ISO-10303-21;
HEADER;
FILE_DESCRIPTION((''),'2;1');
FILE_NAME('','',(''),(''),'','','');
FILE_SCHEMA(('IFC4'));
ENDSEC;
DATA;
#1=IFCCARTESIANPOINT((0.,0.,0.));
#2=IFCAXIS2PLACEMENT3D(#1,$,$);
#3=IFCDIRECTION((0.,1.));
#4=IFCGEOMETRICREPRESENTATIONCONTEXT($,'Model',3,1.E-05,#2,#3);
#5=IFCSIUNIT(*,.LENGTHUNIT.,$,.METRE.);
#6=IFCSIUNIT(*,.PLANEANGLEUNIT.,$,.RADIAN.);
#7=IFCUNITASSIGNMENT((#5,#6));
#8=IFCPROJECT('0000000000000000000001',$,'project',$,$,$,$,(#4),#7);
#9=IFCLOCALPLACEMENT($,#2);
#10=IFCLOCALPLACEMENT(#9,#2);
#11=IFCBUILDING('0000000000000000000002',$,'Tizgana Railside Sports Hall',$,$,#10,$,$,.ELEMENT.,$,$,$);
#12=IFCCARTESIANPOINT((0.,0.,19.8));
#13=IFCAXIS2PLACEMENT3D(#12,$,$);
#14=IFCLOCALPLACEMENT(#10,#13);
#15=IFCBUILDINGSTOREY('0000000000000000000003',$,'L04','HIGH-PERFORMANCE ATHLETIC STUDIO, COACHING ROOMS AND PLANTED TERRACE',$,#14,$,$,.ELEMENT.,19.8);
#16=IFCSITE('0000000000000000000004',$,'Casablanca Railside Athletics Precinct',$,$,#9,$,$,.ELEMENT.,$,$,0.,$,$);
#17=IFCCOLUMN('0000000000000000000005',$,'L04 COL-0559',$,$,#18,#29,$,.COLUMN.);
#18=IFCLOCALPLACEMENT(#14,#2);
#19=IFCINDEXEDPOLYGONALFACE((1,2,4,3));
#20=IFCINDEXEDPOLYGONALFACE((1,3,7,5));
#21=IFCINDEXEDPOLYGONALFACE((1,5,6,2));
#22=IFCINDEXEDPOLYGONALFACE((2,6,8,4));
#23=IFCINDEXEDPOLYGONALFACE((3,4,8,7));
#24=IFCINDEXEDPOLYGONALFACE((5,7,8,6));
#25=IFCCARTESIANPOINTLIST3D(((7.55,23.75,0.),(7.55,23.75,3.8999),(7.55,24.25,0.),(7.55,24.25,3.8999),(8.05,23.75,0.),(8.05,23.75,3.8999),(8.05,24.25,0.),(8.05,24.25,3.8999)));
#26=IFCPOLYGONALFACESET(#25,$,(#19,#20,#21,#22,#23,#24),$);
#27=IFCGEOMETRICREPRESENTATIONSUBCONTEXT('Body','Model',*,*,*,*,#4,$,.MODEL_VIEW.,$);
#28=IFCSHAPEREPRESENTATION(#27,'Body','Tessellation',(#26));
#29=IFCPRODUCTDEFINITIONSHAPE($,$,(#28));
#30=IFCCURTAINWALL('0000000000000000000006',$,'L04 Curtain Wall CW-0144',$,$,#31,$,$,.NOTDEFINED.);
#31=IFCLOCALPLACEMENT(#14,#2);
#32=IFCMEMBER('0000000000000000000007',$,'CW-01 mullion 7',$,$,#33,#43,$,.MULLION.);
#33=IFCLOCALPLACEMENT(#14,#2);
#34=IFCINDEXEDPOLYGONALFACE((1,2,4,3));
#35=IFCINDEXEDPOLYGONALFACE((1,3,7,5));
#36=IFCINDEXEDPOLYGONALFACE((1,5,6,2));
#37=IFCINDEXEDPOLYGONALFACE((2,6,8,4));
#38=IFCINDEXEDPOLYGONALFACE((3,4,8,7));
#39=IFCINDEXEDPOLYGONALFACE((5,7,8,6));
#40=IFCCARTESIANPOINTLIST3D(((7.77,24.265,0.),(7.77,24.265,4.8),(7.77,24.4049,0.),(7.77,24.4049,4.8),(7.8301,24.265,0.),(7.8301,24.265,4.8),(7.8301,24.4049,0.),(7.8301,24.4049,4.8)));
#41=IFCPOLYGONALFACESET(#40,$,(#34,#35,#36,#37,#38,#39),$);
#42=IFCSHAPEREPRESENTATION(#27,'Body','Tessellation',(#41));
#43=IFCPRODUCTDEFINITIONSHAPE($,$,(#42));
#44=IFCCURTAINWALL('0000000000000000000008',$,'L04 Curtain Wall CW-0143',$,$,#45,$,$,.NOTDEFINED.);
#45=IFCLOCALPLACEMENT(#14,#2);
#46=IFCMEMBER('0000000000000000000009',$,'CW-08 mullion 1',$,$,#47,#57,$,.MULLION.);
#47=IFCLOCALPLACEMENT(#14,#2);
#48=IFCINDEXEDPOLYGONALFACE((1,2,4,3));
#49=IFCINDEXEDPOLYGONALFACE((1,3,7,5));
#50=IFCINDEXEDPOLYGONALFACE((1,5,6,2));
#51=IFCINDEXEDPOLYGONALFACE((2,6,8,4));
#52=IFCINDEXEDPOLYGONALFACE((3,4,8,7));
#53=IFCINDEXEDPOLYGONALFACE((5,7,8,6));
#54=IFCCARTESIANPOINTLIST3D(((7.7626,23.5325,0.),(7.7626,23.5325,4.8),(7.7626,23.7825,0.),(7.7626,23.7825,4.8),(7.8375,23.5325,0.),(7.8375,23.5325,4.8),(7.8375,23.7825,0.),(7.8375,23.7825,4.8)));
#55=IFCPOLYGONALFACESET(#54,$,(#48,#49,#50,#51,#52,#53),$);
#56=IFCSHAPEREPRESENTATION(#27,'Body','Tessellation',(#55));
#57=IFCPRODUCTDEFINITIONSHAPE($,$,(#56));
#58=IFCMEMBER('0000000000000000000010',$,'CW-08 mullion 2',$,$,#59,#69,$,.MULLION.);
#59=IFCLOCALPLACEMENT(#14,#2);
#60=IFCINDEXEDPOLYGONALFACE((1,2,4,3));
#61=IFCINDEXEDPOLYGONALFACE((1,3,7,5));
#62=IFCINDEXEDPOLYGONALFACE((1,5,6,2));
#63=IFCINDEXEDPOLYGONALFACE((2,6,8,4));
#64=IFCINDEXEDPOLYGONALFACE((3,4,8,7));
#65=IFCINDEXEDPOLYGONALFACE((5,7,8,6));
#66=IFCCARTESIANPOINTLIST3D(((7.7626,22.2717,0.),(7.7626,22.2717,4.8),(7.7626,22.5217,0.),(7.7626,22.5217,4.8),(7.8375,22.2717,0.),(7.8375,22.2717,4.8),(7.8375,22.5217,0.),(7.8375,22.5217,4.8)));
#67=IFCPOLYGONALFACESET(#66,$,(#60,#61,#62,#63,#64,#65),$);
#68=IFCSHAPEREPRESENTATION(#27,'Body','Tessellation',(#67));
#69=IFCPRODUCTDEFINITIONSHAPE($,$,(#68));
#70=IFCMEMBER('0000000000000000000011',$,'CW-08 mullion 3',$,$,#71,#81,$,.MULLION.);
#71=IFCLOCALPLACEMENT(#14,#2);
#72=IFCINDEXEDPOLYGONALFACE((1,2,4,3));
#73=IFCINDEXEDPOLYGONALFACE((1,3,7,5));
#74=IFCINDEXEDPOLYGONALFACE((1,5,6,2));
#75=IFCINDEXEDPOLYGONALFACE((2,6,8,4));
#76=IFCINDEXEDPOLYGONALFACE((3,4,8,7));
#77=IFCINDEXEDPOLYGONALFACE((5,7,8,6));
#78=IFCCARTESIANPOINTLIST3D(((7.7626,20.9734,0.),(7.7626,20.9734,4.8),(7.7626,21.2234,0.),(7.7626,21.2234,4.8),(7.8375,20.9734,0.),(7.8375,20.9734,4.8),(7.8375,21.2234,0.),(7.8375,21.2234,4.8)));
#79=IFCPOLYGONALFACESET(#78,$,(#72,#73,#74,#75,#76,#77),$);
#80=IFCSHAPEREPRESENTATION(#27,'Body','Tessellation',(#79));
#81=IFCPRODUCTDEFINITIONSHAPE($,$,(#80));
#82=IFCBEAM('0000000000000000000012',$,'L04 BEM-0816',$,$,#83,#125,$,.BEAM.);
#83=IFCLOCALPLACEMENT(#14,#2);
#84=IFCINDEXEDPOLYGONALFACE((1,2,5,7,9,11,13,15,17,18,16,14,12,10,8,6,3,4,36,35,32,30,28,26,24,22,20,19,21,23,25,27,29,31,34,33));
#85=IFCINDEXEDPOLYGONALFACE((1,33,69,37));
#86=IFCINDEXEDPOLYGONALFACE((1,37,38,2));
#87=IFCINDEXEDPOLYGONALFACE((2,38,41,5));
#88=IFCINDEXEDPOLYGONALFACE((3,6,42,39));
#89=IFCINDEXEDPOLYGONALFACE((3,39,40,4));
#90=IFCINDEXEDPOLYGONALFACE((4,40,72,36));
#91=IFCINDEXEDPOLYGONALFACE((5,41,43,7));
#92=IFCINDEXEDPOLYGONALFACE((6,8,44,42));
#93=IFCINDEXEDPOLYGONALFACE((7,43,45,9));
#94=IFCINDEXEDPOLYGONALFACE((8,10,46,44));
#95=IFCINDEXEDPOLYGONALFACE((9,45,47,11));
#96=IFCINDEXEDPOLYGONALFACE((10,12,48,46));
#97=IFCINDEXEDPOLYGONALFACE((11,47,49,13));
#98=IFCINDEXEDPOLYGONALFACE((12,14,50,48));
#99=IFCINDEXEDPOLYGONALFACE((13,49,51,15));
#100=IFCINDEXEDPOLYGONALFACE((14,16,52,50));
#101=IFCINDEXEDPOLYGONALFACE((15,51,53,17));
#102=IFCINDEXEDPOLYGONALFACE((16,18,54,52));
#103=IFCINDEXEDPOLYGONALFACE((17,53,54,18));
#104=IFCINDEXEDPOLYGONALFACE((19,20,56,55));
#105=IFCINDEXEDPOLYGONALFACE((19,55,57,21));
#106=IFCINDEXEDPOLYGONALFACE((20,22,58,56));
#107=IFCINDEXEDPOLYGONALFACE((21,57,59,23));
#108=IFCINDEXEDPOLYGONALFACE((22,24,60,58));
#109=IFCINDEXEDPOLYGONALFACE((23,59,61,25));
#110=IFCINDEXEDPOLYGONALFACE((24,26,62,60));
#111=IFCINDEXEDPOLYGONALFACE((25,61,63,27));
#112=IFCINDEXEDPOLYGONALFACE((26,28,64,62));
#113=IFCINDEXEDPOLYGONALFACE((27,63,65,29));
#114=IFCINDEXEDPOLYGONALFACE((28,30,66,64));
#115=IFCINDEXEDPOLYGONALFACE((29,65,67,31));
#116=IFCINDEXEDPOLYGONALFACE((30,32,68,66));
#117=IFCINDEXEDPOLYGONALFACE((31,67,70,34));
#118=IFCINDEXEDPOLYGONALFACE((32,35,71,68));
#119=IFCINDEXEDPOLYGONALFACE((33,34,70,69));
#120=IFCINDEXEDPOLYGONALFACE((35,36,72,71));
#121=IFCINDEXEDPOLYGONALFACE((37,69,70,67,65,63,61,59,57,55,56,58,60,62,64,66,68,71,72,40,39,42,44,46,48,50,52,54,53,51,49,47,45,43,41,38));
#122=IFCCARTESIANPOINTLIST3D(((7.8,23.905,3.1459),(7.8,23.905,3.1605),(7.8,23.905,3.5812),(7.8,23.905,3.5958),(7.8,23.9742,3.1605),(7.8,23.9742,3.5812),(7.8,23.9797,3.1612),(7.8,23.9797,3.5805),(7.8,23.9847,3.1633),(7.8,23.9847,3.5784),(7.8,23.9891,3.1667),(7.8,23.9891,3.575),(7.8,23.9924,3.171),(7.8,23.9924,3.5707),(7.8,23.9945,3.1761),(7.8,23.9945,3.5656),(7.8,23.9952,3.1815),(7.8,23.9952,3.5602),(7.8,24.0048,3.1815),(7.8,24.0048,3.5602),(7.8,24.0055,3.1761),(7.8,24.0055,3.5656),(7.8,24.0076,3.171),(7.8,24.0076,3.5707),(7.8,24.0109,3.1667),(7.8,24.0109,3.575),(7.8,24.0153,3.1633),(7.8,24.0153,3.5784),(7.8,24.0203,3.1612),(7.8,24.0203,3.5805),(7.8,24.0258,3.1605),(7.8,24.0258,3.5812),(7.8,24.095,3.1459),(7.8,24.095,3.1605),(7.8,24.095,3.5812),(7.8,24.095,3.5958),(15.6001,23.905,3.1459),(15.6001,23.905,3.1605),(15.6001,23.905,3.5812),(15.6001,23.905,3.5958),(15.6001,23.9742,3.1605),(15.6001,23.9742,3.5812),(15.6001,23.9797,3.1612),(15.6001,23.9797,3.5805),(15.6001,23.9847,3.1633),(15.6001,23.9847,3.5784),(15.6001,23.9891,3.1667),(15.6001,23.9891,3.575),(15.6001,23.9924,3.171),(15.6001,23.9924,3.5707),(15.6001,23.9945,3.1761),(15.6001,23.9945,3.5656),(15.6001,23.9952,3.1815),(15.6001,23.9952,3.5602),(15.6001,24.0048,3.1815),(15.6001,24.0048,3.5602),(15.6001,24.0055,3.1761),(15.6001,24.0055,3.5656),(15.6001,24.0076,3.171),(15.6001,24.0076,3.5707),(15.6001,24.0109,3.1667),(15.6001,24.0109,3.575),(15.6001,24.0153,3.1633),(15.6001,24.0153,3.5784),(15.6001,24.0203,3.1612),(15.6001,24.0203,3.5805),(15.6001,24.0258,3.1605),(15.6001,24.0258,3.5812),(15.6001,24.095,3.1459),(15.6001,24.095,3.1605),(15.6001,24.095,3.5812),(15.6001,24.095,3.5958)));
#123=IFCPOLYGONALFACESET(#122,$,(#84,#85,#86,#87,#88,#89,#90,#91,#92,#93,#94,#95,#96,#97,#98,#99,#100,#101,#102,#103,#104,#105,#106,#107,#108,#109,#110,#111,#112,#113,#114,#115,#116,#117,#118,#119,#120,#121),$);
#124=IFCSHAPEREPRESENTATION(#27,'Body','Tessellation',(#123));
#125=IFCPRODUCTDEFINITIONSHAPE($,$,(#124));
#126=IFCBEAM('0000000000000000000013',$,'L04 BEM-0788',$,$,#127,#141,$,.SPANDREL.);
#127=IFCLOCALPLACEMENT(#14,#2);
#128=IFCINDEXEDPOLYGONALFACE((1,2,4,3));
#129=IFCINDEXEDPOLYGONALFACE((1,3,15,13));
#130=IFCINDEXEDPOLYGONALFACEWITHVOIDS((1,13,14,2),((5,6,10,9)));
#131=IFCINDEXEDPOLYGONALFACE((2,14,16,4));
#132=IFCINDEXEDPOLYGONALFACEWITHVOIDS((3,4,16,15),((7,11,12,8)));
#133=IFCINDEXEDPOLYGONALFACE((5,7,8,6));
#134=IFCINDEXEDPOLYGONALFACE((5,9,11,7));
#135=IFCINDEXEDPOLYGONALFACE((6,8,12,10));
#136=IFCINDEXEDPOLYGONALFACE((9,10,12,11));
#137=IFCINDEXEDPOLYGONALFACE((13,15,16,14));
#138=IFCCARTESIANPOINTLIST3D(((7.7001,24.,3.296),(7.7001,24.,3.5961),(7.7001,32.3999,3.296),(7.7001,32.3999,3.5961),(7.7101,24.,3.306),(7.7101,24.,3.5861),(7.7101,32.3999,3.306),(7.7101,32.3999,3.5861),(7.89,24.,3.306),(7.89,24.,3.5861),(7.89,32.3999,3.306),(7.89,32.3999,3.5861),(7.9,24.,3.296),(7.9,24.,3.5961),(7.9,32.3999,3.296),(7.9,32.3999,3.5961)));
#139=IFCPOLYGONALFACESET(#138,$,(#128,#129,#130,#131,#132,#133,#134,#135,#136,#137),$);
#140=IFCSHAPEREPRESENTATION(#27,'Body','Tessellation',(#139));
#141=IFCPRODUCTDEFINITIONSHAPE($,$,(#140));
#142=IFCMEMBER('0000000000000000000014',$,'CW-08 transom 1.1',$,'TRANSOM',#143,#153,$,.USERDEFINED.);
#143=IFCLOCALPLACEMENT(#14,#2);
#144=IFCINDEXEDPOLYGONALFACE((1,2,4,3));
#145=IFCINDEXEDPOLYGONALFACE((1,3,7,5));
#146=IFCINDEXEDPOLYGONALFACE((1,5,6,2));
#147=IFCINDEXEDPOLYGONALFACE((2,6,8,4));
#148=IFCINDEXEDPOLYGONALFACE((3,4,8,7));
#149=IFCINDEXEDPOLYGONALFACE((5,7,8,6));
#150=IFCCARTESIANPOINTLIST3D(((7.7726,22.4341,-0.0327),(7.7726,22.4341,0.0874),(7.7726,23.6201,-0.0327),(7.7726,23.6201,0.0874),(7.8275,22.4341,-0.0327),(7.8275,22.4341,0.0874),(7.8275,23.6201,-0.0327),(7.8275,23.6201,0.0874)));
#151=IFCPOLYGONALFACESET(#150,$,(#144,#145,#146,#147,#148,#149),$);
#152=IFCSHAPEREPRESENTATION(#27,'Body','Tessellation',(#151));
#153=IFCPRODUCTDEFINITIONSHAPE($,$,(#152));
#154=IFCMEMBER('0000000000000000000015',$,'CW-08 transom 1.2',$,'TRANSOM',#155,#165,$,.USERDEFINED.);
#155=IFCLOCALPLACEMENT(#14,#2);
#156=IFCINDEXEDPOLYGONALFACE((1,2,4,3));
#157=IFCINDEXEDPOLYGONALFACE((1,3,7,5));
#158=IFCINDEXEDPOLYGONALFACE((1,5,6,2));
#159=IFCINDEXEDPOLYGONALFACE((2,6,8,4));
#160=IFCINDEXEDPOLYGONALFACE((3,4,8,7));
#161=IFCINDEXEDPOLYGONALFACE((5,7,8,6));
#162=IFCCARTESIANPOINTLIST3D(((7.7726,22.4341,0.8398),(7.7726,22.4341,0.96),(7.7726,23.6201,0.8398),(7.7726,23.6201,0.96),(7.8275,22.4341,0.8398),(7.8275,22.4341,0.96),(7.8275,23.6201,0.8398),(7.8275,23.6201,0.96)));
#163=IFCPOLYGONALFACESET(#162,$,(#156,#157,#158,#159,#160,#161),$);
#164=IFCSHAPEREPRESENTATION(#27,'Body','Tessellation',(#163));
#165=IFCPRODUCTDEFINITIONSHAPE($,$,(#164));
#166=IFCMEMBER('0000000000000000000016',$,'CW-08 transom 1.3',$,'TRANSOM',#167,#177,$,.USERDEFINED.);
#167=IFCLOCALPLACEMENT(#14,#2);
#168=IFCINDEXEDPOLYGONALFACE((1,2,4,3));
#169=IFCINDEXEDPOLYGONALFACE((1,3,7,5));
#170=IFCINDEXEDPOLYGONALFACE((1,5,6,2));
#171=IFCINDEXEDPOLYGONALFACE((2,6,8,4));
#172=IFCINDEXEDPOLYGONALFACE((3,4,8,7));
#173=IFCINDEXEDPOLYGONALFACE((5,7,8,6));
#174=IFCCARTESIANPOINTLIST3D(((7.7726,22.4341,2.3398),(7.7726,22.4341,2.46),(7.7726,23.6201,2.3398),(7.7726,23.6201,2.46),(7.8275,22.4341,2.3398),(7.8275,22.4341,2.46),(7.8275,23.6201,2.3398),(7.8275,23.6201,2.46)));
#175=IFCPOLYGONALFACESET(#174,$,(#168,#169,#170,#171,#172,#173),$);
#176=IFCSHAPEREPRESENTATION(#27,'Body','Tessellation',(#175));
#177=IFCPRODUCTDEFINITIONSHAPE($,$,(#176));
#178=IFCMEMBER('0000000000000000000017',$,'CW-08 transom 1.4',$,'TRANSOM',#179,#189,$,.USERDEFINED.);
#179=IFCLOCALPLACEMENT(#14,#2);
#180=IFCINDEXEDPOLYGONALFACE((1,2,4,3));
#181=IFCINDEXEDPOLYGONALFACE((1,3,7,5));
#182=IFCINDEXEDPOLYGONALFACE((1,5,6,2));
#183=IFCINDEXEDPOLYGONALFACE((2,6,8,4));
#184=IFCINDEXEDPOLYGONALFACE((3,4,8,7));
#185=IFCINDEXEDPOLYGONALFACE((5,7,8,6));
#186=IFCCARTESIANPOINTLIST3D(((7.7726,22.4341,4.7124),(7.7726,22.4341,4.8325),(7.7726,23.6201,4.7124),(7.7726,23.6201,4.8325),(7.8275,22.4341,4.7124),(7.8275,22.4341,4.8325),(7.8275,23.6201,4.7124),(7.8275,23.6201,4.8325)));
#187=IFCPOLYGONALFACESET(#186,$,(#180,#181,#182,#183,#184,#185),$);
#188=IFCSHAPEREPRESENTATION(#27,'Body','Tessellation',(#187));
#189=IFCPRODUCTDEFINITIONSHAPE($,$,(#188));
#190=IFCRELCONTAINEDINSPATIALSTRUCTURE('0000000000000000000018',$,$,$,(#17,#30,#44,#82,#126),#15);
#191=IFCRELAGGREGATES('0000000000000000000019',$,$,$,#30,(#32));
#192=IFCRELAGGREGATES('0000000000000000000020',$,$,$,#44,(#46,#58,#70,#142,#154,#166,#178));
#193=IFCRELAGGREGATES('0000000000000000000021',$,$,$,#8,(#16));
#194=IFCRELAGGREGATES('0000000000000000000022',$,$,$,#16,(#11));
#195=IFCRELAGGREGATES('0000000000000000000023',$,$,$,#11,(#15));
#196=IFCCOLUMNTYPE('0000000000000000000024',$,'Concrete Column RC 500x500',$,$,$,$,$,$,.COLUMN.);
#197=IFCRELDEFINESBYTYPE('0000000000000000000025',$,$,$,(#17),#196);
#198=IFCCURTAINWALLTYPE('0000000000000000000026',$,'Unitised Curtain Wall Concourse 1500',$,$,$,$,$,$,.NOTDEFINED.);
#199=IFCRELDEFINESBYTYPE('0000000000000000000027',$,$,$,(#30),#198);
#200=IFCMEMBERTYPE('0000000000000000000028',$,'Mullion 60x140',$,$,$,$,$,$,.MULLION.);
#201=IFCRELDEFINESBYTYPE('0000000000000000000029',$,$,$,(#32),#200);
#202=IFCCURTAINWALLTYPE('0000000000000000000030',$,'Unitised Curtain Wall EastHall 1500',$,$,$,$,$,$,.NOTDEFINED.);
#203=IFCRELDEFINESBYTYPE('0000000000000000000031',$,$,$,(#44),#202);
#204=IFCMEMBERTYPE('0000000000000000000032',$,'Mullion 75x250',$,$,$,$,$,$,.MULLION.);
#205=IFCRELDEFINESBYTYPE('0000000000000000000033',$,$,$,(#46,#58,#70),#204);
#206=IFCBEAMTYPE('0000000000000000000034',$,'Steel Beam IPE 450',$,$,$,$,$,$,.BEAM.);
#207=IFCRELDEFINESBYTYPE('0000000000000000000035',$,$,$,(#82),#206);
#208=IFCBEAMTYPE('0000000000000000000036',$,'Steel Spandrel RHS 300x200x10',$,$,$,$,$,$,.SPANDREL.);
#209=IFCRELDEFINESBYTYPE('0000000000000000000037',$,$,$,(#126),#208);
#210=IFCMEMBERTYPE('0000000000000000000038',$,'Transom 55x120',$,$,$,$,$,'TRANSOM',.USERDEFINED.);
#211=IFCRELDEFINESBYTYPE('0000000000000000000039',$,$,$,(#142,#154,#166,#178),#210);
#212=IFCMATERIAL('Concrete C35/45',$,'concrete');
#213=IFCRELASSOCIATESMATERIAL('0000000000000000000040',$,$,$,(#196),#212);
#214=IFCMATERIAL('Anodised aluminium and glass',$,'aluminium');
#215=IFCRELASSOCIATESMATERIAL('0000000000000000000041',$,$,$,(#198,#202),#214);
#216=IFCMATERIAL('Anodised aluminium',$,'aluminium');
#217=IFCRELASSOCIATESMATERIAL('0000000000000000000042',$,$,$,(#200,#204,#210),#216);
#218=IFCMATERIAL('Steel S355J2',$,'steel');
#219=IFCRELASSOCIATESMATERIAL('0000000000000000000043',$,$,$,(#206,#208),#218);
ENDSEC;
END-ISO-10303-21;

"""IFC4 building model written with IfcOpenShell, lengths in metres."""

from ifc_helpers import new_model, si_unit, direction, frame, origin, origin_2d, place, context, subcontext, project, spatial, rectangle, hollow_rectangle, i_section, extrude, material, material_profile, profile_set, type_object, element, aggregate, save


model = new_model("IFC4")

# Units and contexts
model_context = context("Model", 3, precision=1e-05, world=origin(), true_north=direction((0.0, 1.0)))
body_context = subcontext(model_context, "Body", "Model", "MODEL_VIEW")
ifc_project = project(units=[si_unit("LENGTHUNIT", "METRE"), si_unit("PLANEANGLEUNIT", "RADIAN")], contexts=[model_context])

# Site, building, storey
site_placement = place(None, origin())
site = spatial("IfcSite", under=ifc_project, at=site_placement, Name="Casablanca Railside Athletics Precinct", CompositionType="ELEMENT", RefElevation=0.0)
building_placement = place(site_placement, origin())
building = spatial("IfcBuilding", under=site, at=building_placement, Name="Tizgana Railside Sports Hall", CompositionType="ELEMENT")
storey_placement = place(building_placement, frame((0.0, 0.0, 19.8)))
storey = spatial("IfcBuildingStorey", under=building, at=storey_placement, Name="L04", Description="HIGH-PERFORMANCE ATHLETIC STUDIO, COACHING ROOMS AND PLANTED TERRACE", CompositionType="ELEMENT", Elevation=19.8)

# Column
ifc_material_1 = material(Name="Concrete C35/45", Category="concrete")
ifc_material_profile_1 = material_profile(ifc_material_1, rectangle(XDim=0.5, YDim=0.5, at=origin_2d()), Name="RC 500x500")
ifc_profile_set_1 = profile_set([ifc_material_profile_1], Name="Concrete C35/45")
column_type = type_object("IfcColumnType", Name="Concrete Column RC 500x500", PredefinedType="COLUMN", material=ifc_profile_set_1)
column_placement = place(storey_placement, frame((7.8, 24.0, 0.0), z_axis=(0.0, 0.0, 1.0), x_axis=(1.0, 0.0, 0.0)))
element("IfcColumn", 1, at=column_placement, inside=storey, type_object=column_type, Name="L04 COL-0559", PredefinedType="COLUMN", context=body_context, shape_type="SweptSolid", body=[
    extrude(rectangle(XDim=0.5, YDim=0.5, at=origin_2d()), origin(), (0.0, 0.0, 1.0), 3.8999),
])

# Curtain wall, member
ifc_material_2 = material(Name="Anodised aluminium and glass", Category="aluminium")
curtain_wall_type_1 = type_object("IfcCurtainWallType", Name="Unitised Curtain Wall Concourse 1500", PredefinedType="NOTDEFINED", material=ifc_material_2)
curtain_wall_1_placement = place(storey_placement, origin())
curtain_wall_1 = element("IfcCurtainWall", 2, at=curtain_wall_1_placement, inside=storey, type_object=curtain_wall_type_1, Name="L04 Curtain Wall CW-0144", PredefinedType="NOTDEFINED")
ifc_material_3 = material(Name="Anodised aluminium", Category="aluminium")
ifc_material_profile_2 = material_profile(ifc_material_3, rectangle(XDim=0.0601, YDim=0.1399, at=origin_2d()), Name="Mullion 60x140")
ifc_profile_set_2 = profile_set([ifc_material_profile_2], Name="Anodised aluminium")
member_type_1 = type_object("IfcMemberType", Name="Mullion 60x140", PredefinedType="MULLION", material=ifc_profile_set_2)
member_1_placement = place(storey_placement, frame((7.8, 24.335, 0.0), z_axis=(0.0, 0.0, 1.0), x_axis=(1.0, 0.0, 0.0)))
member_1 = element("IfcMember", 3, at=member_1_placement, type_object=member_type_1, Name="CW-01 mullion 7", PredefinedType="MULLION", context=body_context, shape_type="SweptSolid", body=[
    extrude(rectangle(XDim=0.0601, YDim=0.1399, at=origin_2d()), origin(), (0.0, 0.0, 1.0), 4.8),
])
aggregate(curtain_wall_1, [member_1])

# Curtain wall, members
curtain_wall_type_2 = type_object("IfcCurtainWallType", Name="Unitised Curtain Wall EastHall 1500", PredefinedType="NOTDEFINED", material=ifc_material_2)
curtain_wall_2_placement = place(storey_placement, origin())
curtain_wall_2 = element("IfcCurtainWall", 4, at=curtain_wall_2_placement, inside=storey, type_object=curtain_wall_type_2, Name="L04 Curtain Wall CW-0143", PredefinedType="NOTDEFINED")
ifc_material_profile_3 = material_profile(ifc_material_3, rectangle(XDim=0.075, YDim=0.25, at=origin_2d()), Name="Mullion 75x250")
ifc_profile_set_3 = profile_set([ifc_material_profile_3], Name="Anodised aluminium")
member_type_2 = type_object("IfcMemberType", Name="Mullion 75x250", PredefinedType="MULLION", material=ifc_profile_set_3)
member_2_placement = place(storey_placement, frame((7.8, 23.6575, 0.0), z_axis=(0.0, 0.0, 1.0), x_axis=(1.0, 0.0, 0.0)))
member_2 = element("IfcMember", 5, at=member_2_placement, type_object=member_type_2, Name="CW-08 mullion 1", PredefinedType="MULLION", context=body_context, shape_type="SweptSolid", body=[
    extrude(rectangle(XDim=0.075, YDim=0.25, at=origin_2d()), origin(), (0.0, 0.0, 1.0), 4.8),
])
member_3_placement = place(storey_placement, frame((7.8, 22.3967, 0.0), z_axis=(0.0, 0.0, 1.0), x_axis=(1.0, 0.0, 0.0)))
member_3 = element("IfcMember", 6, at=member_3_placement, type_object=member_type_2, Name="CW-08 mullion 2", PredefinedType="MULLION", context=body_context, shape_type="SweptSolid", body=[
    extrude(rectangle(XDim=0.075, YDim=0.25, at=origin_2d()), origin(), (0.0, 0.0, 1.0), 4.8),
])
member_4_placement = place(storey_placement, frame((7.8, 21.0984, 0.0), z_axis=(0.0, 0.0, 1.0), x_axis=(1.0, 0.0, 0.0)))
member_4 = element("IfcMember", 7, at=member_4_placement, type_object=member_type_2, Name="CW-08 mullion 3", PredefinedType="MULLION", context=body_context, shape_type="SweptSolid", body=[
    extrude(rectangle(XDim=0.075, YDim=0.25, at=origin_2d()), origin(), (0.0, 0.0, 1.0), 4.8),
])

# Beams
ifc_material_4 = material(Name="Steel S355J2", Category="steel")
ifc_material_profile_4 = material_profile(ifc_material_4, i_section(OverallWidth=0.1899, OverallDepth=0.45, WebThickness=0.0095, FlangeThickness=0.0146, FilletRadius=0.021, at=origin_2d()), Name="IPE 450")
ifc_profile_set_4 = profile_set([ifc_material_profile_4], Name="Steel S355J2")
beam_type_1 = type_object("IfcBeamType", Name="Steel Beam IPE 450", PredefinedType="BEAM", material=ifc_profile_set_4)
beam_1_placement = place(storey_placement, frame((7.8, 24.0, 3.3708), z_axis=(1.0, 0.0, 0.0), x_axis=(0.0, 1.0, 0.0)))
element("IfcBeam", 8, at=beam_1_placement, inside=storey, type_object=beam_type_1, Name="L04 BEM-0816", PredefinedType="BEAM", context=body_context, shape_type="SweptSolid", body=[
    extrude(i_section(OverallWidth=0.1899, OverallDepth=0.45, WebThickness=0.0095, FlangeThickness=0.0146, FilletRadius=0.021, at=origin_2d()), origin(), (0.0, 0.0, 1.0), 7.8),
])
ifc_material_profile_5 = material_profile(ifc_material_4, hollow_rectangle(XDim=0.2, YDim=0.3, WallThickness=0.01, at=origin_2d()), Name="RHS 300x200x10")
ifc_profile_set_5 = profile_set([ifc_material_profile_5], Name="Steel S355J2")
beam_type_2 = type_object("IfcBeamType", Name="Steel Spandrel RHS 300x200x10", PredefinedType="SPANDREL", material=ifc_profile_set_5)
beam_2_placement = place(storey_placement, frame((7.8, 24.0, 3.446), z_axis=(0.0, 1.0, 0.0), x_axis=(-1.0, 0.0, 0.0)))
element("IfcBeam", 9, at=beam_2_placement, inside=storey, type_object=beam_type_2, Name="L04 BEM-0788", PredefinedType="SPANDREL", context=body_context, shape_type="SweptSolid", body=[
    extrude(hollow_rectangle(XDim=0.2, YDim=0.3, WallThickness=0.01, at=origin_2d()), origin(), (0.0, 0.0, 1.0), 8.3999),
])

# Members
ifc_material_profile_6 = material_profile(ifc_material_3, rectangle(XDim=0.0549, YDim=0.1201, at=origin_2d()), Name="Transom 55x120")
ifc_profile_set_6 = profile_set([ifc_material_profile_6], Name="Anodised aluminium")
member_type_3 = type_object("IfcMemberType", Name="Transom 55x120", ElementType="TRANSOM", PredefinedType="USERDEFINED", material=ifc_profile_set_6)
member_5_placement = place(storey_placement, frame((7.8, 23.6201, 0.0273), z_axis=(0.0, -1.0, 0.0), x_axis=(1.0, 0.0, 0.0)))
member_5 = element("IfcMember", 10, at=member_5_placement, type_object=member_type_3, Name="CW-08 transom 1.1", ObjectType="TRANSOM", PredefinedType="USERDEFINED", context=body_context, shape_type="SweptSolid", body=[
    extrude(rectangle(XDim=0.0549, YDim=0.1201, at=origin_2d()), origin(), (0.0, 0.0, 1.0), 1.186),
])
member_6_placement = place(storey_placement, frame((7.8, 23.6201, 0.8999), z_axis=(0.0, -1.0, 0.0), x_axis=(1.0, 0.0, 0.0)))
member_6 = element("IfcMember", 11, at=member_6_placement, type_object=member_type_3, Name="CW-08 transom 1.2", ObjectType="TRANSOM", PredefinedType="USERDEFINED", context=body_context, shape_type="SweptSolid", body=[
    extrude(rectangle(XDim=0.0549, YDim=0.1201, at=origin_2d()), origin(), (0.0, 0.0, 1.0), 1.186),
])
member_7_placement = place(storey_placement, frame((7.8, 23.6201, 2.3999), z_axis=(0.0, -1.0, 0.0), x_axis=(1.0, 0.0, 0.0)))
member_7 = element("IfcMember", 12, at=member_7_placement, type_object=member_type_3, Name="CW-08 transom 1.3", ObjectType="TRANSOM", PredefinedType="USERDEFINED", context=body_context, shape_type="SweptSolid", body=[
    extrude(rectangle(XDim=0.0549, YDim=0.1201, at=origin_2d()), origin(), (0.0, 0.0, 1.0), 1.186),
])
member_8_placement = place(storey_placement, frame((7.8, 23.6201, 4.7725), z_axis=(0.0, -1.0, 0.0), x_axis=(1.0, 0.0, 0.0)))
member_8 = element("IfcMember", 13, at=member_8_placement, type_object=member_type_3, Name="CW-08 transom 1.4", ObjectType="TRANSOM", PredefinedType="USERDEFINED", context=body_context, shape_type="SweptSolid", body=[
    extrude(rectangle(XDim=0.0549, YDim=0.1201, at=origin_2d()), origin(), (0.0, 0.0, 1.0), 1.186),
])

aggregate(curtain_wall_2, [member_2, member_3, member_4, member_5, member_6, member_7, member_8])

save(model, "model.ifc")
